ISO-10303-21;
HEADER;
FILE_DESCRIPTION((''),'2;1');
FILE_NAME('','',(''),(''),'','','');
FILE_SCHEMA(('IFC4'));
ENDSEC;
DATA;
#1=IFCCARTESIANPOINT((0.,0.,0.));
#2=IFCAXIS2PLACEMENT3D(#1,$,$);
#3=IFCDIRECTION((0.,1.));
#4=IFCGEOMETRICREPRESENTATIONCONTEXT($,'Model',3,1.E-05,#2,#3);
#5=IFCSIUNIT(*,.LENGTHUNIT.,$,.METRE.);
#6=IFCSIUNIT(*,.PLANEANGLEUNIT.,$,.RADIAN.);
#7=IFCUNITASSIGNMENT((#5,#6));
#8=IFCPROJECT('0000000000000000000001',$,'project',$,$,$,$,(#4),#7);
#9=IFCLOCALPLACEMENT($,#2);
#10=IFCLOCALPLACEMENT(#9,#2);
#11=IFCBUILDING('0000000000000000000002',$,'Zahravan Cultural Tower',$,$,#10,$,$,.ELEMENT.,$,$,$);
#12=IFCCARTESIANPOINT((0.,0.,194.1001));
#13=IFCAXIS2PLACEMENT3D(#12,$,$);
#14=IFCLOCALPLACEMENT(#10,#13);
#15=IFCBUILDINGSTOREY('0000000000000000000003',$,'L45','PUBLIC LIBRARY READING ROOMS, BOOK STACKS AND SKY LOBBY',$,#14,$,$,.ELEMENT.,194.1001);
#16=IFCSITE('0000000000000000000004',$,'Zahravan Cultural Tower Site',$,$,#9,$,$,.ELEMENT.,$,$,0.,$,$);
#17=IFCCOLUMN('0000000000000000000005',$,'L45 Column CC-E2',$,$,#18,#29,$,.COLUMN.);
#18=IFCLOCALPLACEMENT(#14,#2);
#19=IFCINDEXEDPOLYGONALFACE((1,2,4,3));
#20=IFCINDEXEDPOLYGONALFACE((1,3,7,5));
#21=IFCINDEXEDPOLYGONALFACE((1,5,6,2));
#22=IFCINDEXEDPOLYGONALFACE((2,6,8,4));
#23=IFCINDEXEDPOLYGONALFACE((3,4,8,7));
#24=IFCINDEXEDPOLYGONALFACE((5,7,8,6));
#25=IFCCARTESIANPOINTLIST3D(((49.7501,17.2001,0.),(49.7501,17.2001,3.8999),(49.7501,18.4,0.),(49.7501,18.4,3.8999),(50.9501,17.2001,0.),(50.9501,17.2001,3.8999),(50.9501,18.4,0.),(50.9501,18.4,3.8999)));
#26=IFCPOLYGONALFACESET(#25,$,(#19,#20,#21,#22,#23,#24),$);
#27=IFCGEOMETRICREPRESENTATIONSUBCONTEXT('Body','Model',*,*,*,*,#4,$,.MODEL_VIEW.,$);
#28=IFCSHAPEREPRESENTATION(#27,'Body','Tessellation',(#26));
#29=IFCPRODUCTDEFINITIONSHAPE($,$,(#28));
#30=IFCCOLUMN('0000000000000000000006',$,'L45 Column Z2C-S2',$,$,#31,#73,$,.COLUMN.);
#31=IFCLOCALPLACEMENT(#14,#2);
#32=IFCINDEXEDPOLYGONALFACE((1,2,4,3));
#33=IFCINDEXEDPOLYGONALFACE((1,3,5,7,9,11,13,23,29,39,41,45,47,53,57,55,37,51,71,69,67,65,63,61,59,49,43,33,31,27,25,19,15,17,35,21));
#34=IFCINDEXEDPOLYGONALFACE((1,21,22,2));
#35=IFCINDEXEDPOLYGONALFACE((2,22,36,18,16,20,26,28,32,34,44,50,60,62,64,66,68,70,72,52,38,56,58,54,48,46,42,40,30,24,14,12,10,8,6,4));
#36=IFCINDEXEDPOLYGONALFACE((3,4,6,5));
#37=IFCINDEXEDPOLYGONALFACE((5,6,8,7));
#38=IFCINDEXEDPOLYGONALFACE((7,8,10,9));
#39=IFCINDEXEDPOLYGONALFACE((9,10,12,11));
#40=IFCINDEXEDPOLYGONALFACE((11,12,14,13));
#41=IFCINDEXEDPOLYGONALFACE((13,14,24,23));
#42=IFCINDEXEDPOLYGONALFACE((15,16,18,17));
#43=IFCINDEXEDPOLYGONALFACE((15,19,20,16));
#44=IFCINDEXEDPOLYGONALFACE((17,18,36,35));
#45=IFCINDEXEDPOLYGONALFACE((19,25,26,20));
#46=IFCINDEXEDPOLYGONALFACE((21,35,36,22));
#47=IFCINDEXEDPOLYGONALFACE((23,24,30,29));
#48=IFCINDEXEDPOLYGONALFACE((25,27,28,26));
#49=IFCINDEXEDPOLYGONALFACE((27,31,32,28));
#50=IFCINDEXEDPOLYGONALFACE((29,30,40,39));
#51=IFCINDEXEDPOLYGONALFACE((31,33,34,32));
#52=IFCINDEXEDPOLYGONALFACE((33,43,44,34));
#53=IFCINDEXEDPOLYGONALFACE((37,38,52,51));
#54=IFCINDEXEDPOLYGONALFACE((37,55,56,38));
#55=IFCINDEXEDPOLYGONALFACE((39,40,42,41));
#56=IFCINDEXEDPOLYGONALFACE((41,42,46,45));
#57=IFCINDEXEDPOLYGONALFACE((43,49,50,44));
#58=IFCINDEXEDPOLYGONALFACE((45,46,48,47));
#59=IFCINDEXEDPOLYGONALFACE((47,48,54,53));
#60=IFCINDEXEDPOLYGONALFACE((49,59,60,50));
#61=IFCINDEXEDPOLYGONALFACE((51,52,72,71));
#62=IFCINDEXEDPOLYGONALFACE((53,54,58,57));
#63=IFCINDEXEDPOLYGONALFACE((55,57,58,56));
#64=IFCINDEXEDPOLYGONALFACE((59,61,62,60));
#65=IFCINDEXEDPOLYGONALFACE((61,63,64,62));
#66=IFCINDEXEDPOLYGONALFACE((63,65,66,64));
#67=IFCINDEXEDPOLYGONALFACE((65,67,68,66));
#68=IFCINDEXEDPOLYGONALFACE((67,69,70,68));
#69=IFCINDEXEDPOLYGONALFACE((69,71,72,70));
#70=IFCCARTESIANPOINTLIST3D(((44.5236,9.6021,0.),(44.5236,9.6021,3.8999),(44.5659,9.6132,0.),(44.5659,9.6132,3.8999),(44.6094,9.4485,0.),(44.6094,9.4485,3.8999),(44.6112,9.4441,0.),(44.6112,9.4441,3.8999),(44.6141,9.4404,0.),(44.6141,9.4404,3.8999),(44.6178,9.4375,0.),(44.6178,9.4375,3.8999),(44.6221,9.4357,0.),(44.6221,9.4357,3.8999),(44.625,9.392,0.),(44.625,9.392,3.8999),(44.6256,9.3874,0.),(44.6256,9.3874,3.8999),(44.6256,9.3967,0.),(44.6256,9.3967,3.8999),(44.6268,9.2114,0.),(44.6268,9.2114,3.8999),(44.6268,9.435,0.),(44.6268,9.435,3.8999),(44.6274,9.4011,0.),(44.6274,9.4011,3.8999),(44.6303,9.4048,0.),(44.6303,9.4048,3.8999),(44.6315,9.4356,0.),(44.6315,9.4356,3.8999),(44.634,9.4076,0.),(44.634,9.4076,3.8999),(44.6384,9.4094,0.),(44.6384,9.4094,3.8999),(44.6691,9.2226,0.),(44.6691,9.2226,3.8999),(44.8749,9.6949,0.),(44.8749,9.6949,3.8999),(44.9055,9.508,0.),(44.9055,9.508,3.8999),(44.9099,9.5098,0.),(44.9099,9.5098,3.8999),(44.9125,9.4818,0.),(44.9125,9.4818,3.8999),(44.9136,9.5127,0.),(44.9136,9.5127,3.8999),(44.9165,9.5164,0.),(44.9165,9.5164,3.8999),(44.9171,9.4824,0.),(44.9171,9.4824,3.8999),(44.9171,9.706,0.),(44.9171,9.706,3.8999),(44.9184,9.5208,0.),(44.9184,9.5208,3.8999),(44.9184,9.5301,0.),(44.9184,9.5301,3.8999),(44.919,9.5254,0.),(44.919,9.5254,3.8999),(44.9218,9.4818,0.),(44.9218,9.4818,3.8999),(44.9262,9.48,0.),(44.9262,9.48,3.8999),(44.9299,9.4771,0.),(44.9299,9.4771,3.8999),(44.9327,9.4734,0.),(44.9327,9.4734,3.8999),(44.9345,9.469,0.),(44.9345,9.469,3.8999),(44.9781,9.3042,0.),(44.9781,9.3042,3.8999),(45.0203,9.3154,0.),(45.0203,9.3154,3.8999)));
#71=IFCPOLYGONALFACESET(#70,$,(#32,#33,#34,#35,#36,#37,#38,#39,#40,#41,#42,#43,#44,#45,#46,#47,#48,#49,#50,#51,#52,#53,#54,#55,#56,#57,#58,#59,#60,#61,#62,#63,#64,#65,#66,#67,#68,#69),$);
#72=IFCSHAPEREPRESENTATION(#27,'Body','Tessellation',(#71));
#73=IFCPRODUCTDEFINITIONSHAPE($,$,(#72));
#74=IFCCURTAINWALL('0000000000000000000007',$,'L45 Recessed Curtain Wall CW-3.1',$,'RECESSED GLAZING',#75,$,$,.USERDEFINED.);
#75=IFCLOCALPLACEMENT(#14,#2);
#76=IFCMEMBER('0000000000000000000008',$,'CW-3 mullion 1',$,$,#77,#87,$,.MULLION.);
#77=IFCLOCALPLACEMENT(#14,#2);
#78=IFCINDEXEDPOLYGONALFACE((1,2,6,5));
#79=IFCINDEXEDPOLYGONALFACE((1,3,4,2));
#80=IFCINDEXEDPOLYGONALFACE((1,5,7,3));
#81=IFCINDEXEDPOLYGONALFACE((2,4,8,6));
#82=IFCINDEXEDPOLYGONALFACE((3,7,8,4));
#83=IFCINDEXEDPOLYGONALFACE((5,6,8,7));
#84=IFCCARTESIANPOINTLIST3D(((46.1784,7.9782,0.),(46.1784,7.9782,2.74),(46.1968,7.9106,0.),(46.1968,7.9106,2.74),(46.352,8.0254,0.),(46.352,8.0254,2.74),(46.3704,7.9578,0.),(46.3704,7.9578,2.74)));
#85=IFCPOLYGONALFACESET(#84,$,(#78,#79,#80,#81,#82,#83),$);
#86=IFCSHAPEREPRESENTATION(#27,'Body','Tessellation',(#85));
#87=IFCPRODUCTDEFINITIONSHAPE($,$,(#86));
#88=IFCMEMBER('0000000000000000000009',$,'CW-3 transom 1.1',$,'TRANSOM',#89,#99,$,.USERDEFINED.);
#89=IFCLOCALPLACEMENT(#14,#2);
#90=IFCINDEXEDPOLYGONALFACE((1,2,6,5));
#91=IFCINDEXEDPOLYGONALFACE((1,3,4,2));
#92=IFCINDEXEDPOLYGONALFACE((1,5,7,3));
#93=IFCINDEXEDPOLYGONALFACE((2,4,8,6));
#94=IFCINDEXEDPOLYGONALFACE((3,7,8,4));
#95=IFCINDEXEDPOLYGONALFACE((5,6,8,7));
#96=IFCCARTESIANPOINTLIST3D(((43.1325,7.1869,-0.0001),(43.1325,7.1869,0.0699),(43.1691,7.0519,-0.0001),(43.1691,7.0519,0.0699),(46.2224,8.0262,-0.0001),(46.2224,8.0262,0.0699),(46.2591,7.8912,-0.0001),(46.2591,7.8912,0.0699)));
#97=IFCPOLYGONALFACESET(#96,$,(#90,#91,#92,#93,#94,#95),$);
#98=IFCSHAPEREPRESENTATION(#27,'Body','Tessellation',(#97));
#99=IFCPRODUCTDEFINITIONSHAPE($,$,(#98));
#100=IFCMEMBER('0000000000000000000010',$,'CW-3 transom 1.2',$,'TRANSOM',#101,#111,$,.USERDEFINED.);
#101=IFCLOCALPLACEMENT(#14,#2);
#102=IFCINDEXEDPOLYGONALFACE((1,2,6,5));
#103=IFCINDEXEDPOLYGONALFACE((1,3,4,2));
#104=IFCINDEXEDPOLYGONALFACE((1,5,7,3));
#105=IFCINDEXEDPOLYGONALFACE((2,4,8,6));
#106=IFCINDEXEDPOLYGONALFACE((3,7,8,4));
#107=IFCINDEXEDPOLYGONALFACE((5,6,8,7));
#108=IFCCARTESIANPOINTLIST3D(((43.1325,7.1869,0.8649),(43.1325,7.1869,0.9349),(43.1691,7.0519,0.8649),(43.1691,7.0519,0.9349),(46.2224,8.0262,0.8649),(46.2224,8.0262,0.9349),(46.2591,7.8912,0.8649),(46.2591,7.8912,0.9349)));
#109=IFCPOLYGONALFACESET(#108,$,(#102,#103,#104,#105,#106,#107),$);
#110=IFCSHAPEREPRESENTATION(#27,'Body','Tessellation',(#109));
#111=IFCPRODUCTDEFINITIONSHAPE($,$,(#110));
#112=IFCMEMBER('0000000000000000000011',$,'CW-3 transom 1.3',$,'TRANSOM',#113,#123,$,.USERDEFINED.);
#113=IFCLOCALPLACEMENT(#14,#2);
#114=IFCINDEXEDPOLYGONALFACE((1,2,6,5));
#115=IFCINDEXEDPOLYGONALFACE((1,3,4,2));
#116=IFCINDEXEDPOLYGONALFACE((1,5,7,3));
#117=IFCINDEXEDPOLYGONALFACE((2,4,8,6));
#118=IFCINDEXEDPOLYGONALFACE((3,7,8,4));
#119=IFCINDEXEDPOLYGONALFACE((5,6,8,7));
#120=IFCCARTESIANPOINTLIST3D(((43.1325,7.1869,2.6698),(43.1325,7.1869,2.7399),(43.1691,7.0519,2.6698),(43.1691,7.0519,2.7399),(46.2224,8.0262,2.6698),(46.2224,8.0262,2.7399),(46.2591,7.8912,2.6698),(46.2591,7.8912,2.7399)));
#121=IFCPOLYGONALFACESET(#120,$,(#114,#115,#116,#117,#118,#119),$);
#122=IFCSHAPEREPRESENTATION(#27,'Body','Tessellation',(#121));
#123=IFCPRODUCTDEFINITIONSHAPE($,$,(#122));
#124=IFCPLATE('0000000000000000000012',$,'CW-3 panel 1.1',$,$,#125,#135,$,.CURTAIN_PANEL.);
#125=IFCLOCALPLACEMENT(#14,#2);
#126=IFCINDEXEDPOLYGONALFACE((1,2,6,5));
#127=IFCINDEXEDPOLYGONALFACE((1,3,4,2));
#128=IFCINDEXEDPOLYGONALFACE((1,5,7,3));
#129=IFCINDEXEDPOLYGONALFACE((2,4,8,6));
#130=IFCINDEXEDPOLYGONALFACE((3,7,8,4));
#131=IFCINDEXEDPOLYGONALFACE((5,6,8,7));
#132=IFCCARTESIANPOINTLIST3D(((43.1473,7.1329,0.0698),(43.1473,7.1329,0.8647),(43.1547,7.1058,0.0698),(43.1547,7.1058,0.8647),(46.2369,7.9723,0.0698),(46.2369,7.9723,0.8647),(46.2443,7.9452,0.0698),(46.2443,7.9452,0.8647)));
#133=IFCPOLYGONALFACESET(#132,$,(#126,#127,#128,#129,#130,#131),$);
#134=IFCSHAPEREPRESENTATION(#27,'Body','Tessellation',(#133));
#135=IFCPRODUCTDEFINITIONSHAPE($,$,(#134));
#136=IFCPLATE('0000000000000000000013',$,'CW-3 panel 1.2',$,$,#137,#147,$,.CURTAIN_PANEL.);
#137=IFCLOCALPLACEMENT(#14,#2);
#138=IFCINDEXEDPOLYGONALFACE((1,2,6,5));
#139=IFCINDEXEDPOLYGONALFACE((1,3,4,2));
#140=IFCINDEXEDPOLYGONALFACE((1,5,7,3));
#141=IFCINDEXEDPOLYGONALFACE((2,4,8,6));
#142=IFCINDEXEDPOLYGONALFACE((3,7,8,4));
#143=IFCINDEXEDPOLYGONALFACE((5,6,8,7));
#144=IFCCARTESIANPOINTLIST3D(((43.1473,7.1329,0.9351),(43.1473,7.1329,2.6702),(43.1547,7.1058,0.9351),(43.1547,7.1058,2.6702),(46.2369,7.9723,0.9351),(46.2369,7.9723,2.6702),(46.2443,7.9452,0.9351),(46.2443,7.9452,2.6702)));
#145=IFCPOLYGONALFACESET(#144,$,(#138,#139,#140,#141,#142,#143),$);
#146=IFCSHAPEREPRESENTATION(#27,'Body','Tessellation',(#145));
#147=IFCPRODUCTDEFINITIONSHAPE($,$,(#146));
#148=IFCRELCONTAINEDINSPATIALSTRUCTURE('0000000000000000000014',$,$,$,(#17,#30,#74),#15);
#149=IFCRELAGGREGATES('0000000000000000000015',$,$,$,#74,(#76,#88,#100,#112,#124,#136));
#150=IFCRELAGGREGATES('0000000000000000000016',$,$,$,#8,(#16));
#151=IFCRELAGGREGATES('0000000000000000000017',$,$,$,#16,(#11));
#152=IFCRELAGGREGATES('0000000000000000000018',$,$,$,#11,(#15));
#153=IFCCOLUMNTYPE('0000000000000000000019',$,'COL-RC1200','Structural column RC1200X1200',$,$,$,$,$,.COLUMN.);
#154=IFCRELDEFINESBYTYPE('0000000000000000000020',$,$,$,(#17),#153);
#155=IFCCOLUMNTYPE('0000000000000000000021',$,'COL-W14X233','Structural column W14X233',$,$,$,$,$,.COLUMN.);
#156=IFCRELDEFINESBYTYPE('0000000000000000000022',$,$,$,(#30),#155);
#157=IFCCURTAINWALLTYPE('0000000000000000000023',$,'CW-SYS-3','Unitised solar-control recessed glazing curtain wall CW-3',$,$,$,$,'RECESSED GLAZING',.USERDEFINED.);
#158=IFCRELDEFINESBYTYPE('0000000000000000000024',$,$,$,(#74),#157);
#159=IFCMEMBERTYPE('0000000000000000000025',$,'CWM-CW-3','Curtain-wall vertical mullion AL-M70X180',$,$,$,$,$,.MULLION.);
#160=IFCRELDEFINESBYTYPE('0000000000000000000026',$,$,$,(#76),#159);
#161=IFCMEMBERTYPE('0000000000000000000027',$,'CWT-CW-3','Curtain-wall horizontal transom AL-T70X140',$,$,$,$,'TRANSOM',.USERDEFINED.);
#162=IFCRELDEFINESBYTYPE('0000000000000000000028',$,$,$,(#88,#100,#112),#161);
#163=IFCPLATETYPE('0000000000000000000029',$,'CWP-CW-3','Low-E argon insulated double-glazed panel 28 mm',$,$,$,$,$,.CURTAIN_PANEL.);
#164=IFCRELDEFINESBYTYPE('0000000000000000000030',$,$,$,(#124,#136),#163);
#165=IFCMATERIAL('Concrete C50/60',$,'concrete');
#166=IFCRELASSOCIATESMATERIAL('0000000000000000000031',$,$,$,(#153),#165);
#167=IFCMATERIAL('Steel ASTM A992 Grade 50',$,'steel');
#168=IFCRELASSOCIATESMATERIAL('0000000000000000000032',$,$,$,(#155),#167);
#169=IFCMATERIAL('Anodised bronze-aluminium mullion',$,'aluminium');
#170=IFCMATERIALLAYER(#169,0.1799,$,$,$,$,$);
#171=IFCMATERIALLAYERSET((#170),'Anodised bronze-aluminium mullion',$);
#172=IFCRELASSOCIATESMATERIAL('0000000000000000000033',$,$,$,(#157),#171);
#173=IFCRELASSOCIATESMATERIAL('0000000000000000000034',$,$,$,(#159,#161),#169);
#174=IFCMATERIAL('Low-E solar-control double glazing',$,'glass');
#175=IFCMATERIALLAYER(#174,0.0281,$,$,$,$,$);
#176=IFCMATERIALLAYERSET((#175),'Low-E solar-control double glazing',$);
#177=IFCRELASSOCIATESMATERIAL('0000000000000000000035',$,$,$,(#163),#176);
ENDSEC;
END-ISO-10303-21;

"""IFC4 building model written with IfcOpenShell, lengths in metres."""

from ifc_helpers import new_model, si_unit, direction, frame, origin, origin_2d, place, context, subcontext, project, spatial, rectangle, i_section, extrude, source, transform, mapped, material, layer, layer_set, material_profile, profile_set, type_object, element, aggregate, save


model = new_model("IFC4")

# Units and contexts
model_context = context("Model", 3, precision=1e-05, world=origin(), true_north=direction((0.0, 1.0)))
body_context = subcontext(model_context, "Body", "Model", "MODEL_VIEW")
ifc_project = project(units=[si_unit("LENGTHUNIT", "METRE"), si_unit("PLANEANGLEUNIT", "RADIAN")], contexts=[model_context])

# Site, building, storey
site_placement = place(None, origin())
site = spatial("IfcSite", under=ifc_project, at=site_placement, Name="Zahravan Cultural Tower Site", CompositionType="ELEMENT", RefElevation=0.0)
building_placement = place(site_placement, origin())
building = spatial("IfcBuilding", under=site, at=building_placement, Name="Zahravan Cultural Tower", CompositionType="ELEMENT")
storey_placement = place(building_placement, frame((0.0, 0.0, 194.1001)))
storey = spatial("IfcBuildingStorey", under=building, at=storey_placement, Name="L45", Description="PUBLIC LIBRARY READING ROOMS, BOOK STACKS AND SKY LOBBY", CompositionType="ELEMENT", Elevation=194.1001)

# Columns
ifc_material_1 = material(Name="Concrete C50/60", Category="concrete")
ifc_material_profile_1 = material_profile(ifc_material_1, rectangle(XDim=1.2, YDim=1.2, at=origin_2d()), Name="RC1200X1200")
ifc_profile_set_1 = profile_set([ifc_material_profile_1], Name="Concrete C50/60")
column_type_1 = type_object("IfcColumnType", Name="COL-RC1200", Description="Structural column RC1200X1200", PredefinedType="COLUMN", material=ifc_profile_set_1)
shared_shape_1 = source(origin(), body_context, "Body", "SweptSolid", [
    extrude(rectangle(XDim=1.2, YDim=1.2, at=origin_2d()), origin(), (0.0, 0.0, 1.0), 3.8999),
])
column_1_placement = place(storey_placement, frame((50.3501, 17.8, 0.0), z_axis=(0.0, 0.0, 1.0), x_axis=(1.0, 0.0, 0.0)))
element("IfcColumn", 1, at=column_1_placement, inside=storey, type_object=column_type_1, Name="L45 Column CC-E2", PredefinedType="COLUMN", context=body_context, shape_type="MappedRepresentation", body=[
    mapped(shared_shape_1, transform((0.0, 0.0, 0.0), x_axis=(1.0, 0.0, 0.0), y_axis=(0.0, 1.0, 0.0), z_axis=(0.0, 0.0, 1.0), scale=1.0)),
])
ifc_material_2 = material(Name="Steel ASTM A992 Grade 50", Category="steel")
ifc_material_profile_2 = material_profile(ifc_material_2, i_section(OverallWidth=0.4041, OverallDepth=0.407, WebThickness=0.0271, FlangeThickness=0.0437, FilletRadius=0.0181, at=origin_2d()), Name="W14X233")
ifc_profile_set_2 = profile_set([ifc_material_profile_2], Name="Steel ASTM A992 Grade 50")
column_type_2 = type_object("IfcColumnType", Name="COL-W14X233", Description="Structural column W14X233", PredefinedType="COLUMN", material=ifc_profile_set_2)
shared_shape_2 = source(origin(), body_context, "Body", "SweptSolid", [
    extrude(i_section(OverallWidth=0.4041, OverallDepth=0.407, WebThickness=0.0271, FlangeThickness=0.0437, FilletRadius=0.0181, at=origin_2d()), origin(), (0.0, 0.0, 1.0), 3.8999),
])
column_2_placement = place(storey_placement, frame((44.772, 9.4587, 0.0), z_axis=(0.0, 0.0, 1.0), x_axis=(-0.255446, 0.966823, 0.0)))
element("IfcColumn", 2, at=column_2_placement, inside=storey, type_object=column_type_2, Name="L45 Column Z2C-S2", PredefinedType="COLUMN", context=body_context, shape_type="MappedRepresentation", body=[
    mapped(shared_shape_2, transform((0.0, 0.0, 0.0), x_axis=(1.0, 0.0, 0.0), y_axis=(0.0, 1.0, 0.0), z_axis=(0.0, 0.0, 1.0), scale=1.0)),
])

# Curtain wall, members, plates
ifc_material_3 = material(Name="Anodised bronze-aluminium mullion", Category="aluminium")
ifc_layer_1 = layer(ifc_material_3, 0.1799)
ifc_layer_set_1 = layer_set([ifc_layer_1], Name="Anodised bronze-aluminium mullion")
curtain_wall_type = type_object("IfcCurtainWallType", Name="CW-SYS-3", Description="Unitised solar-control recessed glazing curtain wall CW-3", ElementType="RECESSED GLAZING", PredefinedType="USERDEFINED", material=ifc_layer_set_1)
curtain_wall_placement = place(storey_placement, origin())
curtain_wall = element("IfcCurtainWall", 3, at=curtain_wall_placement, inside=storey, type_object=curtain_wall_type, Name="L45 Recessed Curtain Wall CW-3.1", ObjectType="RECESSED GLAZING", PredefinedType="USERDEFINED")
ifc_material_profile_3 = material_profile(ifc_material_3, rectangle(XDim=0.0701, YDim=0.1799, at=origin_2d()), Name="AL-M70X180")
ifc_profile_set_3 = profile_set([ifc_material_profile_3], Name="Anodised bronze-aluminium mullion")
member_type_1 = type_object("IfcMemberType", Name="CWM-CW-3", Description="Curtain-wall vertical mullion AL-M70X180", PredefinedType="MULLION", material=ifc_profile_set_3)
shared_shape_3 = source(origin(), body_context, "Body", "SweptSolid", [
    extrude(rectangle(XDim=0.0701, YDim=0.1799, at=origin_2d()), origin(), (0.0, 0.0, 1.0), 2.74),
])
member_1_placement = place(storey_placement, frame((46.2744, 7.968, 0.0), z_axis=(0.0, 0.0, 1.0), x_axis=(0.262187, -0.965017, 0.0)))
member_1 = element("IfcMember", 4, at=member_1_placement, type_object=member_type_1, Name="CW-3 mullion 1", PredefinedType="MULLION", context=body_context, shape_type="MappedRepresentation", body=[
    mapped(shared_shape_3, transform((0.0, 0.0, 0.0), x_axis=(1.0, 0.0, 0.0), y_axis=(0.0, 1.0, 0.0), z_axis=(0.0, 0.0, 1.0), scale=1.0)),
])
ifc_material_profile_4 = material_profile(ifc_material_3, rectangle(XDim=0.1399, YDim=0.0701, at=origin_2d()), Name="AL-T70X140")
ifc_profile_set_4 = profile_set([ifc_material_profile_4], Name="Anodised bronze-aluminium mullion")
member_type_2 = type_object("IfcMemberType", Name="CWT-CW-3", Description="Curtain-wall horizontal transom AL-T70X140", ElementType="TRANSOM", PredefinedType="USERDEFINED", material=ifc_profile_set_4)
shared_shape_4 = source(origin(), body_context, "Body", "SweptSolid", [
    extrude(rectangle(XDim=0.1399, YDim=0.0701, at=origin_2d()), origin(), (0.0, 0.0, 1.0), 3.2019),
])
member_2_placement = place(storey_placement, frame((46.2407, 7.9587, 0.0349), z_axis=(-0.965027, -0.262149, 0.0), x_axis=(0.262149, -0.965027, 0.0)))
member_2 = element("IfcMember", 5, at=member_2_placement, type_object=member_type_2, Name="CW-3 transom 1.1", ObjectType="TRANSOM", PredefinedType="USERDEFINED", context=body_context, shape_type="MappedRepresentation", body=[
    mapped(shared_shape_4, transform((0.0, 0.0, 0.0), x_axis=(1.0, 0.0, 0.0), y_axis=(0.0, 1.0, 0.0), z_axis=(0.0, 0.0, 1.0), scale=1.0)),
])
member_3_placement = place(storey_placement, frame((46.2407, 7.9587, 0.8999), z_axis=(-0.965027, -0.262149, 0.0), x_axis=(0.262149, -0.965027, 0.0)))
member_3 = element("IfcMember", 6, at=member_3_placement, type_object=member_type_2, Name="CW-3 transom 1.2", ObjectType="TRANSOM", PredefinedType="USERDEFINED", context=body_context, shape_type="MappedRepresentation", body=[
    mapped(shared_shape_4, transform((0.0, 0.0, 0.0), x_axis=(1.0, 0.0, 0.0), y_axis=(0.0, 1.0, 0.0), z_axis=(0.0, 0.0, 1.0), scale=1.0)),
])
member_4_placement = place(storey_placement, frame((46.2407, 7.9587, 2.7048), z_axis=(-0.965027, -0.262149, 0.0), x_axis=(0.262149, -0.965027, 0.0)))
member_4 = element("IfcMember", 7, at=member_4_placement, type_object=member_type_2, Name="CW-3 transom 1.3", ObjectType="TRANSOM", PredefinedType="USERDEFINED", context=body_context, shape_type="MappedRepresentation", body=[
    mapped(shared_shape_4, transform((0.0, 0.0, 0.0), x_axis=(1.0, 0.0, 0.0), y_axis=(0.0, 1.0, 0.0), z_axis=(0.0, 0.0, 1.0), scale=1.0)),
])
ifc_material_4 = material(Name="Low-E solar-control double glazing", Category="glass")
ifc_layer_2 = layer(ifc_material_4, 0.0281)
ifc_layer_set_2 = layer_set([ifc_layer_2], Name="Low-E solar-control double glazing")
plate_type = type_object("IfcPlateType", Name="CWP-CW-3", Description="Low-E argon insulated double-glazed panel 28 mm", PredefinedType="CURTAIN_PANEL", material=ifc_layer_set_2)
shared_shape_5 = source(origin(), body_context, "Body", "SweptSolid", [
    extrude(rectangle(XDim=3.2017, YDim=0.0281, at=origin_2d()), origin(), (0.0, 0.0, 1.0), 0.7949),
])
plate_1_placement = place(storey_placement, frame((44.6958, 7.5391, 0.0698), z_axis=(0.0, 0.0, 1.0), x_axis=(-0.965017, -0.262187, 0.0)))
plate_1 = element("IfcPlate", 8, at=plate_1_placement, type_object=plate_type, Name="CW-3 panel 1.1", PredefinedType="CURTAIN_PANEL", context=body_context, shape_type="MappedRepresentation", body=[
    mapped(shared_shape_5, transform((0.0, 0.0, 0.0), x_axis=(1.0, 0.0, 0.0), y_axis=(0.0, 1.0, 0.0), z_axis=(0.0, 0.0, 1.0), scale=1.0)),
])
shared_shape_6 = source(origin(), body_context, "Body", "SweptSolid", [
    extrude(rectangle(XDim=3.2017, YDim=0.0281, at=origin_2d()), origin(), (0.0, 0.0, 1.0), 1.7351),
])
plate_2_placement = place(storey_placement, frame((44.6958, 7.5391, 0.9351), z_axis=(0.0, 0.0, 1.0), x_axis=(-0.965017, -0.262187, 0.0)))
plate_2 = element("IfcPlate", 9, at=plate_2_placement, type_object=plate_type, Name="CW-3 panel 1.2", PredefinedType="CURTAIN_PANEL", context=body_context, shape_type="MappedRepresentation", body=[
    mapped(shared_shape_6, transform((0.0, 0.0, 0.0), x_axis=(1.0, 0.0, 0.0), y_axis=(0.0, 1.0, 0.0), z_axis=(0.0, 0.0, 1.0), scale=1.0)),
])
aggregate(curtain_wall, [member_1, member_2, member_3, member_4, plate_1, plate_2])

save(model, "model.ifc")
